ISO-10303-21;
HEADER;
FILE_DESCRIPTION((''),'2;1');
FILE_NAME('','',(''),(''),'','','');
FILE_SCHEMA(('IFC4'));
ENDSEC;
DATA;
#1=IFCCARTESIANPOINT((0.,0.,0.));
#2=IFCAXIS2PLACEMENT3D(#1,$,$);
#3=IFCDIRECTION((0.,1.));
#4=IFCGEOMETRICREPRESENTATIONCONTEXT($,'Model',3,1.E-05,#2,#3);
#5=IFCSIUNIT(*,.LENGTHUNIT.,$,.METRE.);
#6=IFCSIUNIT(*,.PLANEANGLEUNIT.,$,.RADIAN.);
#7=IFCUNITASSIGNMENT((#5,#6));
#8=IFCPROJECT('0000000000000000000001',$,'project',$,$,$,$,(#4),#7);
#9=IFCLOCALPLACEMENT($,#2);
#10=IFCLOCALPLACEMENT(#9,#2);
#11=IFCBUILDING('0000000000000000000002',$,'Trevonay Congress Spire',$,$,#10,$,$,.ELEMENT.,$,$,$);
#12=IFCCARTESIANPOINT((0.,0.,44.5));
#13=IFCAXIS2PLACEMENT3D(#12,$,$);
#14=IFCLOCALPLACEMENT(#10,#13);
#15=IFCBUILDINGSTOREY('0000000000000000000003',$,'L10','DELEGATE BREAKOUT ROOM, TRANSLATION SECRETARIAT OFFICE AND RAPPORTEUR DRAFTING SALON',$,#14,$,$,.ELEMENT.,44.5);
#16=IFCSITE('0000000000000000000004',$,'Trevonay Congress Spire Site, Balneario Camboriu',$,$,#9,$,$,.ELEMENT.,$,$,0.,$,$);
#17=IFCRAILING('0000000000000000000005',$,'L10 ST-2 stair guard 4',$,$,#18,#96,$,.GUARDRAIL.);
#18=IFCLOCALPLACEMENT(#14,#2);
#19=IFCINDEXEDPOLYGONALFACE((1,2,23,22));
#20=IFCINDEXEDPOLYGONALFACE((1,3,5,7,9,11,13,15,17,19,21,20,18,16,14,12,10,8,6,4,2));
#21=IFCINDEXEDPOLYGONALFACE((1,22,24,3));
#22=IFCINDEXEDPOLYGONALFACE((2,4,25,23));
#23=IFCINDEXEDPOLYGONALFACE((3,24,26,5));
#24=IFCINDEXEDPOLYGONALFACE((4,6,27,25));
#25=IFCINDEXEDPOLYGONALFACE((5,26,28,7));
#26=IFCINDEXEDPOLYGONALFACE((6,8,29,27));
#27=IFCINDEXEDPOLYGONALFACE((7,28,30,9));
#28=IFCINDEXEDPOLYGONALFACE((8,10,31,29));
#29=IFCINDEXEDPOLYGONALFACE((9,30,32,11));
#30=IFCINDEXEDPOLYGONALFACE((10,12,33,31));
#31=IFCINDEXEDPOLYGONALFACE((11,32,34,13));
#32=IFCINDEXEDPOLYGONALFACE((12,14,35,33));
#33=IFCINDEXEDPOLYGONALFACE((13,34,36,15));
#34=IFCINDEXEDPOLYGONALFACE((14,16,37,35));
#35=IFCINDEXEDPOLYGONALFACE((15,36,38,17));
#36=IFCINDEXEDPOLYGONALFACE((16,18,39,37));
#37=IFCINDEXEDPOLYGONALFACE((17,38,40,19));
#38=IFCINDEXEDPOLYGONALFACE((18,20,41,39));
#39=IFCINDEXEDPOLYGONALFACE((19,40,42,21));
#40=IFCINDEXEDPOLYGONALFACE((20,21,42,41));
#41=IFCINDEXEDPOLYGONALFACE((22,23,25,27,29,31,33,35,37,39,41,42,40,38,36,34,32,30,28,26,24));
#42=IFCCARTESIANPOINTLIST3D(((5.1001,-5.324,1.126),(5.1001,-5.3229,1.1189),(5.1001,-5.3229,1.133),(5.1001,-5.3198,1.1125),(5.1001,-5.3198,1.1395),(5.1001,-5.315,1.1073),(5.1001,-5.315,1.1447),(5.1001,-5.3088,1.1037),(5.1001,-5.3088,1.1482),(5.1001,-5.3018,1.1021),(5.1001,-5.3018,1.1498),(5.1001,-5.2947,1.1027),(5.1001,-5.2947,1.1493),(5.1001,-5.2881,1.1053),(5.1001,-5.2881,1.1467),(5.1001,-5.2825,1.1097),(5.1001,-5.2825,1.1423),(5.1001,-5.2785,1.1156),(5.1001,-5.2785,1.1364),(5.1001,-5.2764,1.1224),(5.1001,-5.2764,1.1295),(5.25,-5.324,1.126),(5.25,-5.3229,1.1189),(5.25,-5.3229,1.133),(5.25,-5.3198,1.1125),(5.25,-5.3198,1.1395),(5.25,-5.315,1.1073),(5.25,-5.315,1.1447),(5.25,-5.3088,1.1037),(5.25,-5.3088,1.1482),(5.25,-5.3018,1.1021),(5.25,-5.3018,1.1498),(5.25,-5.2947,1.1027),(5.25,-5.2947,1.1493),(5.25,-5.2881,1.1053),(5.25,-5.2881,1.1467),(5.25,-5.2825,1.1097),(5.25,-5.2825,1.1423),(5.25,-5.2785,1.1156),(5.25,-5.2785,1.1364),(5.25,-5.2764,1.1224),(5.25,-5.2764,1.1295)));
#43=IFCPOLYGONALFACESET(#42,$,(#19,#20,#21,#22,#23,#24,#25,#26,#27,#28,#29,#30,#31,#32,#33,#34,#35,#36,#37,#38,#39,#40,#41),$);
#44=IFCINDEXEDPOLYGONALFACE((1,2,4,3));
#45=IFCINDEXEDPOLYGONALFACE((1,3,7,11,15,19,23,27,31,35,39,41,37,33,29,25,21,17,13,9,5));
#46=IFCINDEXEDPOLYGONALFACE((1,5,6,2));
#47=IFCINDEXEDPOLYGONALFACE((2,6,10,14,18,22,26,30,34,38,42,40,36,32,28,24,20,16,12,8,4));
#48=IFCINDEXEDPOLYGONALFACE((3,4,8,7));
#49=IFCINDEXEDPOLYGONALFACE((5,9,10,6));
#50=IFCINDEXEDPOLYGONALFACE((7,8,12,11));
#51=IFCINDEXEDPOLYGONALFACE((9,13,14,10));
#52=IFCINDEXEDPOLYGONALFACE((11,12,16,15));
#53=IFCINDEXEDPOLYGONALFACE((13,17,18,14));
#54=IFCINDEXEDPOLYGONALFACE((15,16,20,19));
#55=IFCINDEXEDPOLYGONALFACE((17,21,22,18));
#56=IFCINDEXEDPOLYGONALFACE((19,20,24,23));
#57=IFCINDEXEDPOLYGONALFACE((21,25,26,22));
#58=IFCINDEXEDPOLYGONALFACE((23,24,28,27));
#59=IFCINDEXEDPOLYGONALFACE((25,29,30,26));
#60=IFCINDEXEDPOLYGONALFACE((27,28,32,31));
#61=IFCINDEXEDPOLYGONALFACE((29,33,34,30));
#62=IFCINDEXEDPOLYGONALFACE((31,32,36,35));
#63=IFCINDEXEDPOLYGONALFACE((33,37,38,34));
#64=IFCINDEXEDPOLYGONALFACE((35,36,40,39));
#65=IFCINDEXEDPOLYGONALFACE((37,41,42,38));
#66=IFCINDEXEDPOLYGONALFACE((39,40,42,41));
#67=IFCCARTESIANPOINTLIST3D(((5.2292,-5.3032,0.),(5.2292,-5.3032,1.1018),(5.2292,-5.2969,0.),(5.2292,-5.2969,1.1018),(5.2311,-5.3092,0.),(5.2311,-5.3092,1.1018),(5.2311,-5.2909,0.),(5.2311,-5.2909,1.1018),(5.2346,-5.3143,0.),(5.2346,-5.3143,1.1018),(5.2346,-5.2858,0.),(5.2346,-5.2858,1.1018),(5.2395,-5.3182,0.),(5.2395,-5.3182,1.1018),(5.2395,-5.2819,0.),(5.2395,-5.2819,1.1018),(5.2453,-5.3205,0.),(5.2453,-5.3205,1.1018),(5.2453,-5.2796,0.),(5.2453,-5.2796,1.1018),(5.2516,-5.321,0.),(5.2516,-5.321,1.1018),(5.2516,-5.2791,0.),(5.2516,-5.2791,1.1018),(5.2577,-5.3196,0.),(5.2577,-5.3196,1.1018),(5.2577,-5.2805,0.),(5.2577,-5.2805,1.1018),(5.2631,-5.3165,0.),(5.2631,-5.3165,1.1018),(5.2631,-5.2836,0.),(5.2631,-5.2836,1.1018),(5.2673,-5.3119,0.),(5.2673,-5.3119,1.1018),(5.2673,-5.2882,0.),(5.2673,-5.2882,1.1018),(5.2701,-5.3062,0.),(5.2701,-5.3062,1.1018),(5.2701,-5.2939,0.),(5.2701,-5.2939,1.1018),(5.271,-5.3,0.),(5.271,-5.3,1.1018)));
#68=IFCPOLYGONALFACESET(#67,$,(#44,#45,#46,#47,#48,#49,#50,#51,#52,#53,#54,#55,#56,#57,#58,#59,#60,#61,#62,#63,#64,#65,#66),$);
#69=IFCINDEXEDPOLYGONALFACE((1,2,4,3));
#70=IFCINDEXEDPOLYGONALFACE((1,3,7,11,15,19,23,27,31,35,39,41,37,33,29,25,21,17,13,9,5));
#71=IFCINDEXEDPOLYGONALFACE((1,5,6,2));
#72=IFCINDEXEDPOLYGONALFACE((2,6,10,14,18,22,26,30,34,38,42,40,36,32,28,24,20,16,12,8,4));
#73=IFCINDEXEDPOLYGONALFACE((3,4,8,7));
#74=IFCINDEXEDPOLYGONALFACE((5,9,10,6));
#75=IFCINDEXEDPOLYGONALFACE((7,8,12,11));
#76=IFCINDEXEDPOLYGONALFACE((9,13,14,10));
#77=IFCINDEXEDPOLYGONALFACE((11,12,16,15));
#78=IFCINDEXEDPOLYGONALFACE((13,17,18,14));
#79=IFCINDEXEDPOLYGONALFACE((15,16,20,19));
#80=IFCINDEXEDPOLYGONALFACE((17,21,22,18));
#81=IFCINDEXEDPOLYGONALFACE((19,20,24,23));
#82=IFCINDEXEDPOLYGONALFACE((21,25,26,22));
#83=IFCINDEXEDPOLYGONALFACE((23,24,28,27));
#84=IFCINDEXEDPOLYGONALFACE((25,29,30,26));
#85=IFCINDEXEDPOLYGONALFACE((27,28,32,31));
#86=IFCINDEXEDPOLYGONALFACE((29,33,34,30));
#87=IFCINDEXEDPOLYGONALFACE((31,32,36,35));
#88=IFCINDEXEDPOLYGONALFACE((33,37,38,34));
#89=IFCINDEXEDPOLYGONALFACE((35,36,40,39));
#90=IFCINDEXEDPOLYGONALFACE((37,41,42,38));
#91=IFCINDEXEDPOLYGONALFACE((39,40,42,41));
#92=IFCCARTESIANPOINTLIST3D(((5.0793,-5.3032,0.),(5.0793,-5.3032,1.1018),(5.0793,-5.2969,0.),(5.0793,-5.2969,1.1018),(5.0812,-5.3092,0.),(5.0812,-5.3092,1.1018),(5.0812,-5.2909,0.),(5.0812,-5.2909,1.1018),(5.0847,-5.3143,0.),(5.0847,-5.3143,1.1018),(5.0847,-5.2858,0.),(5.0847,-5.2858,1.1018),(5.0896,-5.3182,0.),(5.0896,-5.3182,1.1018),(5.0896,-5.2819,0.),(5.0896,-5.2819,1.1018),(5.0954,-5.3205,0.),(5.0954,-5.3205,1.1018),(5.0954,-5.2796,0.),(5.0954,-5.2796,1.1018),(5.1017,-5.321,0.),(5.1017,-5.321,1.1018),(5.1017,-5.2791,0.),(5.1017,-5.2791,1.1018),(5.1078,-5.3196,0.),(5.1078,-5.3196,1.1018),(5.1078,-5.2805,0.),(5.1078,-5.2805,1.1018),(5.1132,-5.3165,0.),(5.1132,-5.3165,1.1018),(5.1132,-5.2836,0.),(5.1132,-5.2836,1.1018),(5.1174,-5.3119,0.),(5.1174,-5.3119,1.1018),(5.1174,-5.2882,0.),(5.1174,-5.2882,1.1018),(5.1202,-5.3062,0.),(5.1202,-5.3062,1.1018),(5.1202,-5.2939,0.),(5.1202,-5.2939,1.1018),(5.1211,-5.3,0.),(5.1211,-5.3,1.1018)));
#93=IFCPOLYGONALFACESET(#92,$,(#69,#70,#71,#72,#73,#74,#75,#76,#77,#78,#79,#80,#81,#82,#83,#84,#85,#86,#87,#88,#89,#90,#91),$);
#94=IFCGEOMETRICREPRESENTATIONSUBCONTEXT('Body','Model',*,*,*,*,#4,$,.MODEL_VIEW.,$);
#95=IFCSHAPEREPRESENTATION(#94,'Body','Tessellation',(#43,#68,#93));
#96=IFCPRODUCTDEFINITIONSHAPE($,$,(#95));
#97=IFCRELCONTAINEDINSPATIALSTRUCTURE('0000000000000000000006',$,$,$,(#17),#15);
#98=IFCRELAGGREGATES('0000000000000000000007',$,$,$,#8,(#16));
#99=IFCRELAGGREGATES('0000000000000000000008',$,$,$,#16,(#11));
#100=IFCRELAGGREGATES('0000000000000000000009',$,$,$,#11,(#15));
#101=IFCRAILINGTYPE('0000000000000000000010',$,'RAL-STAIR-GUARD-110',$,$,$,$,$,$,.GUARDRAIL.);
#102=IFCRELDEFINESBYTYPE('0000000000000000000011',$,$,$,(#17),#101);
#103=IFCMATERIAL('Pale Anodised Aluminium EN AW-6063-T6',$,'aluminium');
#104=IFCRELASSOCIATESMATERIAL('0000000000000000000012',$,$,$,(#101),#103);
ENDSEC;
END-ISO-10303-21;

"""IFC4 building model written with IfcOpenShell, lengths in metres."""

from ifc_helpers import new_model, si_unit, direction, frame, origin, origin_2d, place, context, subcontext, project, spatial, circle, extrude, material, type_object, element, save


model = new_model("IFC4")

# Units and contexts
model_context = context("Model", 3, precision=1e-05, world=origin(), true_north=direction((0.0, 1.0)))
body_context = subcontext(model_context, "Body", "Model", "MODEL_VIEW")
ifc_project = project(units=[si_unit("LENGTHUNIT", "METRE"), si_unit("PLANEANGLEUNIT", "RADIAN")], contexts=[model_context])

# Site, building, storey
site_placement = place(None, origin())
site = spatial("IfcSite", under=ifc_project, at=site_placement, Name="Trevonay Congress Spire Site, Balneario Camboriu", CompositionType="ELEMENT", RefElevation=0.0)
building_placement = place(site_placement, origin())
building = spatial("IfcBuilding", under=site, at=building_placement, Name="Trevonay Congress Spire", CompositionType="ELEMENT")
storey_placement = place(building_placement, frame((0.0, 0.0, 44.5)))
storey = spatial("IfcBuildingStorey", under=building, at=storey_placement, Name="L10", Description="DELEGATE BREAKOUT ROOM, TRANSLATION SECRETARIAT OFFICE AND RAPPORTEUR DRAFTING SALON", CompositionType="ELEMENT", Elevation=44.5)

# Shared definitions
ifc_material_1 = material(Name="Pale Anodised Aluminium EN AW-6063-T6", Category="aluminium")

# Railing
railing_type_1 = type_object("IfcRailingType", Name="RAL-STAIR-GUARD-110", PredefinedType="GUARDRAIL", material=ifc_material_1)
railing_1_placement = place(storey_placement, frame((5.25, -5.3, 0.0)))
element("IfcRailing", 1, at=railing_1_placement, inside=storey, type_object=railing_type_1, Name="L10 ST-2 stair guard 4", PredefinedType="GUARDRAIL", context=body_context, shape_type="SweptSolid", body=[
    extrude(circle(Radius=0.0239, at=origin_2d()), frame((0.0, 0.0, 1.126), z_axis=(-1.0, 0.0, 0.0), x_axis=(0.0, -1.0, 0.0)), (0.0, 0.0, 1.0), 0.1499),
    extrude(circle(Radius=0.021, at=origin_2d()), origin(), (0.0, 0.0, 1.0), 1.1018),
    extrude(circle(Radius=0.021, at=origin_2d()), frame((-0.1499, 0.0, 0.0)), (0.0, 0.0, 1.0), 1.1018),
])

save(model, "model.ifc")
